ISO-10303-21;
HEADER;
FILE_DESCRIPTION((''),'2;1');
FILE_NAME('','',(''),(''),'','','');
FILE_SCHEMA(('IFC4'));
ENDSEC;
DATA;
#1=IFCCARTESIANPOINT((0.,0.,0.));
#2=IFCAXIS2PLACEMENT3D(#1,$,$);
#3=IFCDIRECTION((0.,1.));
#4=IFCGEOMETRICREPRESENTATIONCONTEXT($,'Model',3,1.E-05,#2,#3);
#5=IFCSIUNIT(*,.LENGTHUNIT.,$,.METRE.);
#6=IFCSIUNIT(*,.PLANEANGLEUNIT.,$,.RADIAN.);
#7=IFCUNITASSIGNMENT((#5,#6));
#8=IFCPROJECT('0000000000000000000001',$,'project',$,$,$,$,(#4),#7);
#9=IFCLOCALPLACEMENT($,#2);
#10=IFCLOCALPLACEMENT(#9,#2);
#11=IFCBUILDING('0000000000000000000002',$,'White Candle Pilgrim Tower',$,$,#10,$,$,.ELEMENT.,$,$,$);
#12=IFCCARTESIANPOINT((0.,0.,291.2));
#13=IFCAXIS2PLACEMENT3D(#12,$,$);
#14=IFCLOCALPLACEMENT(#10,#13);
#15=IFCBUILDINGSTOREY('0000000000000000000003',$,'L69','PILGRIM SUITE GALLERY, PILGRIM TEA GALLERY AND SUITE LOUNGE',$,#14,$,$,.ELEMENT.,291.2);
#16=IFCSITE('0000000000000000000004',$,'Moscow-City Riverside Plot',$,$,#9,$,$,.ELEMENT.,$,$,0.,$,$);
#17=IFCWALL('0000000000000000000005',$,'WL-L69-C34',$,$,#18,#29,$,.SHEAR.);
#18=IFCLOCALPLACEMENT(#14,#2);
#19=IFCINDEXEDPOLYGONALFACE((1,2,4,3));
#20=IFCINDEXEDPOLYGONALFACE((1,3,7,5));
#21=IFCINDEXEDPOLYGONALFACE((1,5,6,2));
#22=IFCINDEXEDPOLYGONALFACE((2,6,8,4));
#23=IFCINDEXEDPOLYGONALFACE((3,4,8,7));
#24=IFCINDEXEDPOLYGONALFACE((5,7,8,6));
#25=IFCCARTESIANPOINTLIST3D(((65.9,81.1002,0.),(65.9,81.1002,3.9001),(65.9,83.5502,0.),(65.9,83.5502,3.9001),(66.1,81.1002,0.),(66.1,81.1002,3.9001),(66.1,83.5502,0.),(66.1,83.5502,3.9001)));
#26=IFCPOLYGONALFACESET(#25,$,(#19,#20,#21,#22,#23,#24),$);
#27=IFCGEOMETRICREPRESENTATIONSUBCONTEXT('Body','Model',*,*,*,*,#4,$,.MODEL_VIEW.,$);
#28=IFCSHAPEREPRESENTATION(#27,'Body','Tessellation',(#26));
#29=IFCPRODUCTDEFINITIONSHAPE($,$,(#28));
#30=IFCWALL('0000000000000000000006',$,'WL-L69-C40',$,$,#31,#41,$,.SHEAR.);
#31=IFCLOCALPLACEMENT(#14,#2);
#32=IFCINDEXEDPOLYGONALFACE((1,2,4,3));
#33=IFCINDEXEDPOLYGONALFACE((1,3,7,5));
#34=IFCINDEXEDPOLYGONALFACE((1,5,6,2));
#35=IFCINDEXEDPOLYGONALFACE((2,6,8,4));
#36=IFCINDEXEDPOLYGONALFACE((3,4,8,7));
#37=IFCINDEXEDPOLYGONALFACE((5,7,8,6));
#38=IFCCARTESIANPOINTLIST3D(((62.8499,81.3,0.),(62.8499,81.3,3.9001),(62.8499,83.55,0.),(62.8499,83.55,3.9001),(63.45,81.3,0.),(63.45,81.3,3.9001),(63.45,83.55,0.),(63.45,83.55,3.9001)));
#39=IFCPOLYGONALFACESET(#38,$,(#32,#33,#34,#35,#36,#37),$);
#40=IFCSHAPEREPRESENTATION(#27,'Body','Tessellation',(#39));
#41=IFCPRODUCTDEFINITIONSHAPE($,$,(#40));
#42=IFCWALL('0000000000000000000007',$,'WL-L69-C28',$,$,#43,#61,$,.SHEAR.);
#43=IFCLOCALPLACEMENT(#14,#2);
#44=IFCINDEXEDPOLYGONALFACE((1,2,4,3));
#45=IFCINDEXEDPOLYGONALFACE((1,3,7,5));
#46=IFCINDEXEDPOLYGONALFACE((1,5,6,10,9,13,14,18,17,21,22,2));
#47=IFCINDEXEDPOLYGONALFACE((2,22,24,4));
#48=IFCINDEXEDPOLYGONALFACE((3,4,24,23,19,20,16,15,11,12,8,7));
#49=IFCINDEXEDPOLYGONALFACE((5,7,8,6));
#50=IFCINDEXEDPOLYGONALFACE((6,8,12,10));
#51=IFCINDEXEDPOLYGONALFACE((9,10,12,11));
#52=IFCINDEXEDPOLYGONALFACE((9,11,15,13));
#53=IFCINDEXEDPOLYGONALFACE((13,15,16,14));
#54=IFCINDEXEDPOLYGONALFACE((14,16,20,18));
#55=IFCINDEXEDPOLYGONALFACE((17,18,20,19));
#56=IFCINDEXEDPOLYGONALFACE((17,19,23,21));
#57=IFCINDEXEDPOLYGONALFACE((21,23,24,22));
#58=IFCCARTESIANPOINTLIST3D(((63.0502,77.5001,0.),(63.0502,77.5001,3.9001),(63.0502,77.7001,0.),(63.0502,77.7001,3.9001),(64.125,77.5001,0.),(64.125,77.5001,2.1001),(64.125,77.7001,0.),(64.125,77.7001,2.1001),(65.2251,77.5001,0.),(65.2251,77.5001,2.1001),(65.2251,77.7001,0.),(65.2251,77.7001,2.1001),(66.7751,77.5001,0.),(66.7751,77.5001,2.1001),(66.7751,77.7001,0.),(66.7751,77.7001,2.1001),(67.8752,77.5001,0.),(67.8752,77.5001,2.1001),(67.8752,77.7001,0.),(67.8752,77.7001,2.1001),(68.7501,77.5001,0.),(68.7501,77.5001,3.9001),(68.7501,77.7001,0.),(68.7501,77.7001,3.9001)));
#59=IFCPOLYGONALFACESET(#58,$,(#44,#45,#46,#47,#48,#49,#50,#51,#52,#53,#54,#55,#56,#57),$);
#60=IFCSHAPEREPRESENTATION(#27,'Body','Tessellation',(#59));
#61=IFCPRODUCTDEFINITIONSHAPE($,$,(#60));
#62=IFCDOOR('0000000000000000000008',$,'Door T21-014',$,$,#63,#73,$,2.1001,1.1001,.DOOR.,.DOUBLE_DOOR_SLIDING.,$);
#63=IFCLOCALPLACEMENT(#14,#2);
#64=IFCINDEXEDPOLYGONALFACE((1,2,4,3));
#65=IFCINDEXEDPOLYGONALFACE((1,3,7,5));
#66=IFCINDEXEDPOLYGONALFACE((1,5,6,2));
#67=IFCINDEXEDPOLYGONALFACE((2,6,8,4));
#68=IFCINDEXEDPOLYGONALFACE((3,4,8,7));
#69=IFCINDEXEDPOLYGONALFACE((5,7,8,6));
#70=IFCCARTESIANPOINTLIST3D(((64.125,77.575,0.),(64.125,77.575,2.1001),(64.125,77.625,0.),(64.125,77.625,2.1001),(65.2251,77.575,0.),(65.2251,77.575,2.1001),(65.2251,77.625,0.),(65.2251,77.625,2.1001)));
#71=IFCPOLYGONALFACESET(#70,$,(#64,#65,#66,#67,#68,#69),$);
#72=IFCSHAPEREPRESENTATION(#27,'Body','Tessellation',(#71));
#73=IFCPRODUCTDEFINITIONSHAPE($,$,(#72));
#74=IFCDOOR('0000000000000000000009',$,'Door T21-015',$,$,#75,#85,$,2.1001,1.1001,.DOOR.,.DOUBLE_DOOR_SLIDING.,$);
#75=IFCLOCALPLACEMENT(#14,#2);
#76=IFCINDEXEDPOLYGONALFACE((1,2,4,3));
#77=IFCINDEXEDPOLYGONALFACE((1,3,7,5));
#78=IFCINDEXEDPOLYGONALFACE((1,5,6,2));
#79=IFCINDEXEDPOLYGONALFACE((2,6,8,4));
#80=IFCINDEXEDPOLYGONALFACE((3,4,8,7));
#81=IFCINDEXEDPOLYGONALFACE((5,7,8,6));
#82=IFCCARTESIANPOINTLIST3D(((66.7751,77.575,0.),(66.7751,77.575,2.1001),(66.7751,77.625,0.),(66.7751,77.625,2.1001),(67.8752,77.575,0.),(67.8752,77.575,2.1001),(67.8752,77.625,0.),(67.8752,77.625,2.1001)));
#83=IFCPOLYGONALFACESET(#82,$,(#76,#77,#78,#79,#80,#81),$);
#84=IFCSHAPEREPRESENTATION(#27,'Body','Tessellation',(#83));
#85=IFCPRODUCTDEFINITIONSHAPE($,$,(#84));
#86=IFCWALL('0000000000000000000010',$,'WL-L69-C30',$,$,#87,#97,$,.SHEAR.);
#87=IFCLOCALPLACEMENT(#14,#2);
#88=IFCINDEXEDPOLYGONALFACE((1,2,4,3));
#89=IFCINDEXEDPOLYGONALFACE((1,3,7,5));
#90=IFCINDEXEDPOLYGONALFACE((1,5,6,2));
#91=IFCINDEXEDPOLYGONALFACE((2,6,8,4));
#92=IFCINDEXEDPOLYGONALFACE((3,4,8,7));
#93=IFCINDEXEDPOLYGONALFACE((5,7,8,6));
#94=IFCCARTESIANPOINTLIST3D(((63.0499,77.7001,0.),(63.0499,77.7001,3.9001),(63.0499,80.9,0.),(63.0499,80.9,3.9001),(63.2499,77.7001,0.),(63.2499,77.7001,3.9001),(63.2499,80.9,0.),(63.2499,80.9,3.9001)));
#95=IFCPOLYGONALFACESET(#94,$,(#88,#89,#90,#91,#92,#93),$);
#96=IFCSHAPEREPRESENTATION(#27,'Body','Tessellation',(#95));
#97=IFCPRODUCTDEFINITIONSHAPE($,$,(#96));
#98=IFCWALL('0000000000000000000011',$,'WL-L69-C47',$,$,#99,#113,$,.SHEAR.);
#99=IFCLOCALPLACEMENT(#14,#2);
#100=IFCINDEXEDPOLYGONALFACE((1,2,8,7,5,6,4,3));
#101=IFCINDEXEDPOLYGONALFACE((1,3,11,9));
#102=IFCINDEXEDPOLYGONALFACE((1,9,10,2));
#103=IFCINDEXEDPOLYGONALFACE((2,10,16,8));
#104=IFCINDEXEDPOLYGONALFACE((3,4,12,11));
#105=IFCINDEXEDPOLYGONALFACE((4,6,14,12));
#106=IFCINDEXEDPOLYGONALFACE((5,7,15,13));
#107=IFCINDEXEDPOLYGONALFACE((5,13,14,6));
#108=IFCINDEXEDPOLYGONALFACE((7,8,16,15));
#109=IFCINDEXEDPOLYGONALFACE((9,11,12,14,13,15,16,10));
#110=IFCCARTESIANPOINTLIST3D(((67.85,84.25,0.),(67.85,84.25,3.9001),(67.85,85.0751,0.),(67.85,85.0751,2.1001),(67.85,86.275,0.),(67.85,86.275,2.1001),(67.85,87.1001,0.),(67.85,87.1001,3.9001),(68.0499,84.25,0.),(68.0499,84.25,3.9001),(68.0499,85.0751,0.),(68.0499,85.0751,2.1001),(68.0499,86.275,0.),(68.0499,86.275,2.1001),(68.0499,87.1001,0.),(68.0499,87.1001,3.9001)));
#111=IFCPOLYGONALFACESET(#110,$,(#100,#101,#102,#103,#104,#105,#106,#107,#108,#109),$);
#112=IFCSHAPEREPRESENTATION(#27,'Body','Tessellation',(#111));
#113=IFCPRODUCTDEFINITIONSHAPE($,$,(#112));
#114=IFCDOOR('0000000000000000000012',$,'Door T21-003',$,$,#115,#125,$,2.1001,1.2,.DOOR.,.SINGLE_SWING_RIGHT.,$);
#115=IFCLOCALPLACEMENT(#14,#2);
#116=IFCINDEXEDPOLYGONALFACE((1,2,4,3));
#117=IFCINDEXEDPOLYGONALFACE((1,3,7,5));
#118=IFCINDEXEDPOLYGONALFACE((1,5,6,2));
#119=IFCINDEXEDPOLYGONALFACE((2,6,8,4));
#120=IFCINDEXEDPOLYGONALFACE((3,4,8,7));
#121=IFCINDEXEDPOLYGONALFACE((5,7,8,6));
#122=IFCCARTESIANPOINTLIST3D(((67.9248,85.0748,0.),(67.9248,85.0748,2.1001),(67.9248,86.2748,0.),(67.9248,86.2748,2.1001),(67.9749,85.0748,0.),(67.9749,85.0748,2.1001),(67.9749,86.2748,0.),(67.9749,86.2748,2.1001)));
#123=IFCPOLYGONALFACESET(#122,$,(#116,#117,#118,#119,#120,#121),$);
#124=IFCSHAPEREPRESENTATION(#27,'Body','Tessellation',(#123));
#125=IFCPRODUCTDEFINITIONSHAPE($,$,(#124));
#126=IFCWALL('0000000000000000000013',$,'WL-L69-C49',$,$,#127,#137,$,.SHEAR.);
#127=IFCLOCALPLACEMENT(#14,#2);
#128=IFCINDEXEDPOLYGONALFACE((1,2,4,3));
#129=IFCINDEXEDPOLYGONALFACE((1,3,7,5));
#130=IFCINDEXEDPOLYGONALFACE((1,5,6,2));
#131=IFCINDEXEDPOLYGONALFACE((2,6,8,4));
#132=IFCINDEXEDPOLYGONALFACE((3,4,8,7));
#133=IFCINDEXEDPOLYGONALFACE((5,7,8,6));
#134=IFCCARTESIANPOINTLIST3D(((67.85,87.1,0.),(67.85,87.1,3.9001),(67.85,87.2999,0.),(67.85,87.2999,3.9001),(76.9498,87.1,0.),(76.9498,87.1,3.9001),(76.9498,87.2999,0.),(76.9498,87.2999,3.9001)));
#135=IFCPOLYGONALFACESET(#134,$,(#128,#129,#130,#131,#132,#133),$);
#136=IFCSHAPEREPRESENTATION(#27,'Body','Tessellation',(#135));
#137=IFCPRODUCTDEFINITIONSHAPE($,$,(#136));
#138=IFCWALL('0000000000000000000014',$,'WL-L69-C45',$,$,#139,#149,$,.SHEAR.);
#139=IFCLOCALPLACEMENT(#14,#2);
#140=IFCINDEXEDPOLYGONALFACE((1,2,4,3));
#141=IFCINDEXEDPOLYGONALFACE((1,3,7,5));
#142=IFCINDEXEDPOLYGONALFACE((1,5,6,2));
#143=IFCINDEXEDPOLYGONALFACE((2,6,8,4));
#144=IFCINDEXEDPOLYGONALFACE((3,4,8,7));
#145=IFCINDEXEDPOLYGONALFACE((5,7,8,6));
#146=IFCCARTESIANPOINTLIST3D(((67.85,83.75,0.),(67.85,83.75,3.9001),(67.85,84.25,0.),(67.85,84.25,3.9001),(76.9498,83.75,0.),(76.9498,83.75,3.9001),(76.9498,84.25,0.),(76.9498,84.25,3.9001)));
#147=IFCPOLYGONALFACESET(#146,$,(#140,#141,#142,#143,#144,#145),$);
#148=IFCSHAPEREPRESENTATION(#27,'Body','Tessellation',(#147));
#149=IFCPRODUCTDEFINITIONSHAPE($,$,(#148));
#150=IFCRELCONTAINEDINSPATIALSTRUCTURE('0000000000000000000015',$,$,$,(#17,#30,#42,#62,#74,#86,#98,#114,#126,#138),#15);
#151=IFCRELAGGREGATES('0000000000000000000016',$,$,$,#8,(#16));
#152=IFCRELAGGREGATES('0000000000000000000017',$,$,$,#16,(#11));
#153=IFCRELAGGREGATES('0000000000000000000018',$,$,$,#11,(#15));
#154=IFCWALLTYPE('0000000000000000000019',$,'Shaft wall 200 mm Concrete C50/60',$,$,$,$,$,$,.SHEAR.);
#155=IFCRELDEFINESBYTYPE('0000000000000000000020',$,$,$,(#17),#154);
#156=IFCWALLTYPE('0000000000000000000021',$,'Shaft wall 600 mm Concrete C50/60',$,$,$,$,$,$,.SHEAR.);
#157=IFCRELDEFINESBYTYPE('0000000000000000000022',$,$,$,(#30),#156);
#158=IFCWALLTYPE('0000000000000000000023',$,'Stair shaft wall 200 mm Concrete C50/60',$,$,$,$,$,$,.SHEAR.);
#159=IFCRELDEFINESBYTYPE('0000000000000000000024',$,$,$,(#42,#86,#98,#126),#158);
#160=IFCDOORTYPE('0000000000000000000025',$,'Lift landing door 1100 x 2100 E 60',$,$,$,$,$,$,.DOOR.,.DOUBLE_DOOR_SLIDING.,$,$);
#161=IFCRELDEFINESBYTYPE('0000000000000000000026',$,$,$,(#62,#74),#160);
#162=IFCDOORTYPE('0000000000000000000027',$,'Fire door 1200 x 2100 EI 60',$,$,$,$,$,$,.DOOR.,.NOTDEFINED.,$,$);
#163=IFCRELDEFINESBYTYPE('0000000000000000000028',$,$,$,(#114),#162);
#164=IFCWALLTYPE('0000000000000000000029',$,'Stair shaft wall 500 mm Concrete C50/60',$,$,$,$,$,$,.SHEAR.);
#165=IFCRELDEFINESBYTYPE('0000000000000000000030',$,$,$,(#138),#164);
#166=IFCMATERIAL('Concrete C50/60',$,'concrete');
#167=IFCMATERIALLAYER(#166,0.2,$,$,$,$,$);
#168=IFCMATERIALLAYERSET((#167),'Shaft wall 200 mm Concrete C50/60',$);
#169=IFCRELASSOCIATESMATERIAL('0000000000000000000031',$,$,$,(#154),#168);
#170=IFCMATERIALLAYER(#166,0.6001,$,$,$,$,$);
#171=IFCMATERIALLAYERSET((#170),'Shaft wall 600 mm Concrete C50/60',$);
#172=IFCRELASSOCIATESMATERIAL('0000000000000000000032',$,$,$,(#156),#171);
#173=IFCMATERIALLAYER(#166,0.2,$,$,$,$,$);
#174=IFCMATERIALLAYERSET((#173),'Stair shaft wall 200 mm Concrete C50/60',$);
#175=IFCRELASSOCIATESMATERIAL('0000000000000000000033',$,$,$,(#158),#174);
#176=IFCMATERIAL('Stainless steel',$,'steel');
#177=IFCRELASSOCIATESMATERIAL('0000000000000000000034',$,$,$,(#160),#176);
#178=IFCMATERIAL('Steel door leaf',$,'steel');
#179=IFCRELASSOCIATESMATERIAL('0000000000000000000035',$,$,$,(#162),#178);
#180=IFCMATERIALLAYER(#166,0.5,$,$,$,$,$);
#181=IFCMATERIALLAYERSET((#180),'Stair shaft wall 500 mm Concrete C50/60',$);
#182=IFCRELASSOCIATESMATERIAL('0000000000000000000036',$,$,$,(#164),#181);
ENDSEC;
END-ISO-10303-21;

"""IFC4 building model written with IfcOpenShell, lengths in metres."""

from ifc_helpers import new_model, si_unit, direction, frame, frame_2d, origin, place, context, subcontext, project, spatial, rectangle, extrude, material, layer, layer_set, type_object, element, fill, save


model = new_model("IFC4")

# Units and contexts
model_context = context("Model", 3, precision=1e-05, world=origin(), true_north=direction((0.0, 1.0)))
body_context = subcontext(model_context, "Body", "Model", "MODEL_VIEW")
ifc_project = project(units=[si_unit("LENGTHUNIT", "METRE"), si_unit("PLANEANGLEUNIT", "RADIAN")], contexts=[model_context])

# Site, building, storey
site_placement = place(None, origin())
site = spatial("IfcSite", under=ifc_project, at=site_placement, Name="Moscow-City Riverside Plot", CompositionType="ELEMENT", RefElevation=0.0)
building_placement = place(site_placement, origin())
building = spatial("IfcBuilding", under=site, at=building_placement, Name="White Candle Pilgrim Tower", CompositionType="ELEMENT")
storey_placement = place(building_placement, frame((0.0, 0.0, 291.2)))
storey = spatial("IfcBuildingStorey", under=building, at=storey_placement, Name="L69", Description="PILGRIM SUITE GALLERY, PILGRIM TEA GALLERY AND SUITE LOUNGE", CompositionType="ELEMENT", Elevation=291.2)

# Shared definitions
ifc_material_1 = material(Name="Concrete C50/60", Category="concrete")

# Shared definitions
ifc_material_2 = material(Name="Stainless steel", Category="steel")

# Shared definitions
ifc_material_3 = material(Name="Steel door leaf", Category="steel")

# Walls
ifc_layer_1 = layer(ifc_material_1, 0.2)
ifc_layer_set_1 = layer_set([ifc_layer_1], Name="Shaft wall 200 mm Concrete C50/60")
wall_type_1 = type_object("IfcWallType", Name="Shaft wall 200 mm Concrete C50/60", PredefinedType="SHEAR", material=ifc_layer_set_1)
wall_1_placement = place(storey_placement, frame((66.0, 81.1001, 0.0), z_axis=(0.0, 0.0, 1.0), x_axis=(0.0, 1.0, 0.0)))
element("IfcWall", 1, at=wall_1_placement, inside=storey, type_object=wall_type_1, Name="WL-L69-C34", PredefinedType="SHEAR", context=body_context, shape_type="SweptSolid", body=[
    extrude(rectangle(XDim=2.45, YDim=0.2, at=frame_2d((1.2251, 0.0))), origin(), (0.0, 0.0, 1.0), 3.9001),
])
ifc_layer_2 = layer(ifc_material_1, 0.6001)
ifc_layer_set_2 = layer_set([ifc_layer_2], Name="Shaft wall 600 mm Concrete C50/60")
wall_type_2 = type_object("IfcWallType", Name="Shaft wall 600 mm Concrete C50/60", PredefinedType="SHEAR", material=ifc_layer_set_2)
wall_2_placement = place(storey_placement, frame((63.1499, 81.3, 0.0), z_axis=(0.0, 0.0, 1.0), x_axis=(0.0, 1.0, 0.0)))
element("IfcWall", 2, at=wall_2_placement, inside=storey, type_object=wall_type_2, Name="WL-L69-C40", PredefinedType="SHEAR", context=body_context, shape_type="SweptSolid", body=[
    extrude(rectangle(XDim=2.25, YDim=0.6001, at=frame_2d((1.125, 0.0))), origin(), (0.0, 0.0, 1.0), 3.9001),
])

# Wall, openings, doors
ifc_layer_3 = layer(ifc_material_1, 0.2)
ifc_layer_set_3 = layer_set([ifc_layer_3], Name="Stair shaft wall 200 mm Concrete C50/60")
wall_type_3 = type_object("IfcWallType", Name="Stair shaft wall 200 mm Concrete C50/60", PredefinedType="SHEAR", material=ifc_layer_set_3)
wall_3_placement = place(storey_placement, frame((63.05, 77.6001, 0.0), z_axis=(0.0, 0.0, 1.0), x_axis=(1.0, 0.0, 0.0)))
wall_3 = element("IfcWall", 3, at=wall_3_placement, inside=storey, type_object=wall_type_3, Name="WL-L69-C28", PredefinedType="SHEAR", context=body_context, shape_type="SweptSolid", body=[
    extrude(rectangle(XDim=5.7, YDim=0.2, at=frame_2d((2.8501, 0.0))), origin(), (0.0, 0.0, 1.0), 3.9001),
])
opening_1_placement = place(wall_3_placement, frame((1.075, 0.0, 0.0)))
opening_1 = element("IfcOpeningElement", 4, at=opening_1_placement, cuts=wall_3, PredefinedType="OPENING", context=body_context, shape_type="SweptSolid", body=[
    extrude(rectangle(XDim=1.1001, YDim=2.1001, at=frame_2d((0.55, 1.05))), frame((0.0, 0.1099, 0.0), z_axis=(0.0, -1.0, 0.0), x_axis=(1.0, 0.0, 0.0)), (0.0, 0.0, 1.0), 0.22),
])
opening_2_placement = place(wall_3_placement, frame((3.7251, 0.0, 0.0)))
opening_2 = element("IfcOpeningElement", 5, at=opening_2_placement, cuts=wall_3, PredefinedType="OPENING", context=body_context, shape_type="SweptSolid", body=[
    extrude(rectangle(XDim=1.1001, YDim=2.1001, at=frame_2d((0.55, 1.05))), frame((0.0, 0.1099, 0.0), z_axis=(0.0, -1.0, 0.0), x_axis=(1.0, 0.0, 0.0)), (0.0, 0.0, 1.0), 0.22),
])
door_type_1 = type_object("IfcDoorType", Name="Lift landing door 1100 x 2100 E 60", OperationType="DOUBLE_DOOR_SLIDING", PredefinedType="DOOR", material=ifc_material_2)
door_1_placement = place(opening_1_placement, origin())
door_1 = element("IfcDoor", 6, at=door_1_placement, inside=storey, type_object=door_type_1, Name="Door T21-014", OperationType="DOUBLE_DOOR_SLIDING", OverallHeight=2.1001, OverallWidth=1.1001, PredefinedType="DOOR", context=body_context, shape_type="SweptSolid", body=[
    extrude(rectangle(XDim=1.1001, YDim=2.1001, at=frame_2d((0.55, 1.05))), frame((0.0, 0.0249, 0.0), z_axis=(0.0, -1.0, 0.0), x_axis=(1.0, 0.0, 0.0)), (0.0, 0.0, 1.0), 0.05),
])
fill(opening_1, door_1)
door_2_placement = place(opening_2_placement, origin())
door_2 = element("IfcDoor", 7, at=door_2_placement, inside=storey, type_object=door_type_1, Name="Door T21-015", OperationType="DOUBLE_DOOR_SLIDING", OverallHeight=2.1001, OverallWidth=1.1001, PredefinedType="DOOR", context=body_context, shape_type="SweptSolid", body=[
    extrude(rectangle(XDim=1.1001, YDim=2.1001, at=frame_2d((0.55, 1.05))), frame((0.0, 0.0249, 0.0), z_axis=(0.0, -1.0, 0.0), x_axis=(1.0, 0.0, 0.0)), (0.0, 0.0, 1.0), 0.05),
])
fill(opening_2, door_2)

# Wall
wall_4_placement = place(storey_placement, frame((63.1499, 77.7, 0.0), z_axis=(0.0, 0.0, 1.0), x_axis=(0.0, 1.0, 0.0)))
element("IfcWall", 8, at=wall_4_placement, inside=storey, type_object=wall_type_3, Name="WL-L69-C30", PredefinedType="SHEAR", context=body_context, shape_type="SweptSolid", body=[
    extrude(rectangle(XDim=3.2, YDim=0.2, at=frame_2d((1.6001, 0.0))), origin(), (0.0, 0.0, 1.0), 3.9001),
])

# Wall, opening, door
wall_5_placement = place(storey_placement, frame((67.95, 84.25, 0.0), z_axis=(0.0, 0.0, 1.0), x_axis=(0.0, 1.0, 0.0)))
wall_5 = element("IfcWall", 9, at=wall_5_placement, inside=storey, type_object=wall_type_3, Name="WL-L69-C47", PredefinedType="SHEAR", context=body_context, shape_type="SweptSolid", body=[
    extrude(rectangle(XDim=2.8501, YDim=0.2, at=frame_2d((1.425, 0.0))), origin(), (0.0, 0.0, 1.0), 3.9001),
])
opening_3_placement = place(wall_5_placement, frame((0.825, 0.0, 0.0)))
opening_3 = element("IfcOpeningElement", 10, at=opening_3_placement, cuts=wall_5, PredefinedType="OPENING", context=body_context, shape_type="SweptSolid", body=[
    extrude(rectangle(XDim=1.2, YDim=2.1001, at=frame_2d((0.6001, 1.05))), frame((0.0, 0.1099, 0.0), z_axis=(0.0, -1.0, 0.0), x_axis=(1.0, 0.0, 0.0)), (0.0, 0.0, 1.0), 0.22),
])
door_type_2 = type_object("IfcDoorType", Name="Fire door 1200 x 2100 EI 60", OperationType="NOTDEFINED", PredefinedType="DOOR", material=ifc_material_3)
door_3_placement = place(opening_3_placement, frame((1.2, 0.0, 0.0), z_axis=(0.0, 0.0, 1.0), x_axis=(-1.0, 0.0, 0.0)))
door_3 = element("IfcDoor", 11, at=door_3_placement, inside=storey, type_object=door_type_2, Name="Door T21-003", OperationType="SINGLE_SWING_RIGHT", OverallHeight=2.1001, OverallWidth=1.2, PredefinedType="DOOR", context=body_context, shape_type="SweptSolid", body=[
    extrude(rectangle(XDim=1.2, YDim=2.1001, at=frame_2d((0.6001, 1.05))), frame((0.0, 0.0249, 0.0), z_axis=(0.0, -1.0, 0.0), x_axis=(1.0, 0.0, 0.0)), (0.0, 0.0, 1.0), 0.05),
])
fill(opening_3, door_3)

# Walls
wall_6_placement = place(storey_placement, frame((67.8501, 87.2, 0.0), z_axis=(0.0, 0.0, 1.0), x_axis=(1.0, 0.0, 0.0)))
element("IfcWall", 12, at=wall_6_placement, inside=storey, type_object=wall_type_3, Name="WL-L69-C49", PredefinedType="SHEAR", context=body_context, shape_type="SweptSolid", body=[
    extrude(rectangle(XDim=9.0999, YDim=0.2, at=frame_2d((4.5498, 0.0))), origin(), (0.0, 0.0, 1.0), 3.9001),
])
ifc_layer_4 = layer(ifc_material_1, 0.5)
ifc_layer_set_4 = layer_set([ifc_layer_4], Name="Stair shaft wall 500 mm Concrete C50/60")
wall_type_4 = type_object("IfcWallType", Name="Stair shaft wall 500 mm Concrete C50/60", PredefinedType="SHEAR", material=ifc_layer_set_4)
wall_7_placement = place(storey_placement, frame((67.8501, 84.0, 0.0), z_axis=(0.0, 0.0, 1.0), x_axis=(1.0, 0.0, 0.0)))
element("IfcWall", 13, at=wall_7_placement, inside=storey, type_object=wall_type_4, Name="WL-L69-C45", PredefinedType="SHEAR", context=body_context, shape_type="SweptSolid", body=[
    extrude(rectangle(XDim=9.0999, YDim=0.5, at=frame_2d((4.5498, 0.0))), origin(), (0.0, 0.0, 1.0), 3.9001),
])

save(model, "model.ifc")
